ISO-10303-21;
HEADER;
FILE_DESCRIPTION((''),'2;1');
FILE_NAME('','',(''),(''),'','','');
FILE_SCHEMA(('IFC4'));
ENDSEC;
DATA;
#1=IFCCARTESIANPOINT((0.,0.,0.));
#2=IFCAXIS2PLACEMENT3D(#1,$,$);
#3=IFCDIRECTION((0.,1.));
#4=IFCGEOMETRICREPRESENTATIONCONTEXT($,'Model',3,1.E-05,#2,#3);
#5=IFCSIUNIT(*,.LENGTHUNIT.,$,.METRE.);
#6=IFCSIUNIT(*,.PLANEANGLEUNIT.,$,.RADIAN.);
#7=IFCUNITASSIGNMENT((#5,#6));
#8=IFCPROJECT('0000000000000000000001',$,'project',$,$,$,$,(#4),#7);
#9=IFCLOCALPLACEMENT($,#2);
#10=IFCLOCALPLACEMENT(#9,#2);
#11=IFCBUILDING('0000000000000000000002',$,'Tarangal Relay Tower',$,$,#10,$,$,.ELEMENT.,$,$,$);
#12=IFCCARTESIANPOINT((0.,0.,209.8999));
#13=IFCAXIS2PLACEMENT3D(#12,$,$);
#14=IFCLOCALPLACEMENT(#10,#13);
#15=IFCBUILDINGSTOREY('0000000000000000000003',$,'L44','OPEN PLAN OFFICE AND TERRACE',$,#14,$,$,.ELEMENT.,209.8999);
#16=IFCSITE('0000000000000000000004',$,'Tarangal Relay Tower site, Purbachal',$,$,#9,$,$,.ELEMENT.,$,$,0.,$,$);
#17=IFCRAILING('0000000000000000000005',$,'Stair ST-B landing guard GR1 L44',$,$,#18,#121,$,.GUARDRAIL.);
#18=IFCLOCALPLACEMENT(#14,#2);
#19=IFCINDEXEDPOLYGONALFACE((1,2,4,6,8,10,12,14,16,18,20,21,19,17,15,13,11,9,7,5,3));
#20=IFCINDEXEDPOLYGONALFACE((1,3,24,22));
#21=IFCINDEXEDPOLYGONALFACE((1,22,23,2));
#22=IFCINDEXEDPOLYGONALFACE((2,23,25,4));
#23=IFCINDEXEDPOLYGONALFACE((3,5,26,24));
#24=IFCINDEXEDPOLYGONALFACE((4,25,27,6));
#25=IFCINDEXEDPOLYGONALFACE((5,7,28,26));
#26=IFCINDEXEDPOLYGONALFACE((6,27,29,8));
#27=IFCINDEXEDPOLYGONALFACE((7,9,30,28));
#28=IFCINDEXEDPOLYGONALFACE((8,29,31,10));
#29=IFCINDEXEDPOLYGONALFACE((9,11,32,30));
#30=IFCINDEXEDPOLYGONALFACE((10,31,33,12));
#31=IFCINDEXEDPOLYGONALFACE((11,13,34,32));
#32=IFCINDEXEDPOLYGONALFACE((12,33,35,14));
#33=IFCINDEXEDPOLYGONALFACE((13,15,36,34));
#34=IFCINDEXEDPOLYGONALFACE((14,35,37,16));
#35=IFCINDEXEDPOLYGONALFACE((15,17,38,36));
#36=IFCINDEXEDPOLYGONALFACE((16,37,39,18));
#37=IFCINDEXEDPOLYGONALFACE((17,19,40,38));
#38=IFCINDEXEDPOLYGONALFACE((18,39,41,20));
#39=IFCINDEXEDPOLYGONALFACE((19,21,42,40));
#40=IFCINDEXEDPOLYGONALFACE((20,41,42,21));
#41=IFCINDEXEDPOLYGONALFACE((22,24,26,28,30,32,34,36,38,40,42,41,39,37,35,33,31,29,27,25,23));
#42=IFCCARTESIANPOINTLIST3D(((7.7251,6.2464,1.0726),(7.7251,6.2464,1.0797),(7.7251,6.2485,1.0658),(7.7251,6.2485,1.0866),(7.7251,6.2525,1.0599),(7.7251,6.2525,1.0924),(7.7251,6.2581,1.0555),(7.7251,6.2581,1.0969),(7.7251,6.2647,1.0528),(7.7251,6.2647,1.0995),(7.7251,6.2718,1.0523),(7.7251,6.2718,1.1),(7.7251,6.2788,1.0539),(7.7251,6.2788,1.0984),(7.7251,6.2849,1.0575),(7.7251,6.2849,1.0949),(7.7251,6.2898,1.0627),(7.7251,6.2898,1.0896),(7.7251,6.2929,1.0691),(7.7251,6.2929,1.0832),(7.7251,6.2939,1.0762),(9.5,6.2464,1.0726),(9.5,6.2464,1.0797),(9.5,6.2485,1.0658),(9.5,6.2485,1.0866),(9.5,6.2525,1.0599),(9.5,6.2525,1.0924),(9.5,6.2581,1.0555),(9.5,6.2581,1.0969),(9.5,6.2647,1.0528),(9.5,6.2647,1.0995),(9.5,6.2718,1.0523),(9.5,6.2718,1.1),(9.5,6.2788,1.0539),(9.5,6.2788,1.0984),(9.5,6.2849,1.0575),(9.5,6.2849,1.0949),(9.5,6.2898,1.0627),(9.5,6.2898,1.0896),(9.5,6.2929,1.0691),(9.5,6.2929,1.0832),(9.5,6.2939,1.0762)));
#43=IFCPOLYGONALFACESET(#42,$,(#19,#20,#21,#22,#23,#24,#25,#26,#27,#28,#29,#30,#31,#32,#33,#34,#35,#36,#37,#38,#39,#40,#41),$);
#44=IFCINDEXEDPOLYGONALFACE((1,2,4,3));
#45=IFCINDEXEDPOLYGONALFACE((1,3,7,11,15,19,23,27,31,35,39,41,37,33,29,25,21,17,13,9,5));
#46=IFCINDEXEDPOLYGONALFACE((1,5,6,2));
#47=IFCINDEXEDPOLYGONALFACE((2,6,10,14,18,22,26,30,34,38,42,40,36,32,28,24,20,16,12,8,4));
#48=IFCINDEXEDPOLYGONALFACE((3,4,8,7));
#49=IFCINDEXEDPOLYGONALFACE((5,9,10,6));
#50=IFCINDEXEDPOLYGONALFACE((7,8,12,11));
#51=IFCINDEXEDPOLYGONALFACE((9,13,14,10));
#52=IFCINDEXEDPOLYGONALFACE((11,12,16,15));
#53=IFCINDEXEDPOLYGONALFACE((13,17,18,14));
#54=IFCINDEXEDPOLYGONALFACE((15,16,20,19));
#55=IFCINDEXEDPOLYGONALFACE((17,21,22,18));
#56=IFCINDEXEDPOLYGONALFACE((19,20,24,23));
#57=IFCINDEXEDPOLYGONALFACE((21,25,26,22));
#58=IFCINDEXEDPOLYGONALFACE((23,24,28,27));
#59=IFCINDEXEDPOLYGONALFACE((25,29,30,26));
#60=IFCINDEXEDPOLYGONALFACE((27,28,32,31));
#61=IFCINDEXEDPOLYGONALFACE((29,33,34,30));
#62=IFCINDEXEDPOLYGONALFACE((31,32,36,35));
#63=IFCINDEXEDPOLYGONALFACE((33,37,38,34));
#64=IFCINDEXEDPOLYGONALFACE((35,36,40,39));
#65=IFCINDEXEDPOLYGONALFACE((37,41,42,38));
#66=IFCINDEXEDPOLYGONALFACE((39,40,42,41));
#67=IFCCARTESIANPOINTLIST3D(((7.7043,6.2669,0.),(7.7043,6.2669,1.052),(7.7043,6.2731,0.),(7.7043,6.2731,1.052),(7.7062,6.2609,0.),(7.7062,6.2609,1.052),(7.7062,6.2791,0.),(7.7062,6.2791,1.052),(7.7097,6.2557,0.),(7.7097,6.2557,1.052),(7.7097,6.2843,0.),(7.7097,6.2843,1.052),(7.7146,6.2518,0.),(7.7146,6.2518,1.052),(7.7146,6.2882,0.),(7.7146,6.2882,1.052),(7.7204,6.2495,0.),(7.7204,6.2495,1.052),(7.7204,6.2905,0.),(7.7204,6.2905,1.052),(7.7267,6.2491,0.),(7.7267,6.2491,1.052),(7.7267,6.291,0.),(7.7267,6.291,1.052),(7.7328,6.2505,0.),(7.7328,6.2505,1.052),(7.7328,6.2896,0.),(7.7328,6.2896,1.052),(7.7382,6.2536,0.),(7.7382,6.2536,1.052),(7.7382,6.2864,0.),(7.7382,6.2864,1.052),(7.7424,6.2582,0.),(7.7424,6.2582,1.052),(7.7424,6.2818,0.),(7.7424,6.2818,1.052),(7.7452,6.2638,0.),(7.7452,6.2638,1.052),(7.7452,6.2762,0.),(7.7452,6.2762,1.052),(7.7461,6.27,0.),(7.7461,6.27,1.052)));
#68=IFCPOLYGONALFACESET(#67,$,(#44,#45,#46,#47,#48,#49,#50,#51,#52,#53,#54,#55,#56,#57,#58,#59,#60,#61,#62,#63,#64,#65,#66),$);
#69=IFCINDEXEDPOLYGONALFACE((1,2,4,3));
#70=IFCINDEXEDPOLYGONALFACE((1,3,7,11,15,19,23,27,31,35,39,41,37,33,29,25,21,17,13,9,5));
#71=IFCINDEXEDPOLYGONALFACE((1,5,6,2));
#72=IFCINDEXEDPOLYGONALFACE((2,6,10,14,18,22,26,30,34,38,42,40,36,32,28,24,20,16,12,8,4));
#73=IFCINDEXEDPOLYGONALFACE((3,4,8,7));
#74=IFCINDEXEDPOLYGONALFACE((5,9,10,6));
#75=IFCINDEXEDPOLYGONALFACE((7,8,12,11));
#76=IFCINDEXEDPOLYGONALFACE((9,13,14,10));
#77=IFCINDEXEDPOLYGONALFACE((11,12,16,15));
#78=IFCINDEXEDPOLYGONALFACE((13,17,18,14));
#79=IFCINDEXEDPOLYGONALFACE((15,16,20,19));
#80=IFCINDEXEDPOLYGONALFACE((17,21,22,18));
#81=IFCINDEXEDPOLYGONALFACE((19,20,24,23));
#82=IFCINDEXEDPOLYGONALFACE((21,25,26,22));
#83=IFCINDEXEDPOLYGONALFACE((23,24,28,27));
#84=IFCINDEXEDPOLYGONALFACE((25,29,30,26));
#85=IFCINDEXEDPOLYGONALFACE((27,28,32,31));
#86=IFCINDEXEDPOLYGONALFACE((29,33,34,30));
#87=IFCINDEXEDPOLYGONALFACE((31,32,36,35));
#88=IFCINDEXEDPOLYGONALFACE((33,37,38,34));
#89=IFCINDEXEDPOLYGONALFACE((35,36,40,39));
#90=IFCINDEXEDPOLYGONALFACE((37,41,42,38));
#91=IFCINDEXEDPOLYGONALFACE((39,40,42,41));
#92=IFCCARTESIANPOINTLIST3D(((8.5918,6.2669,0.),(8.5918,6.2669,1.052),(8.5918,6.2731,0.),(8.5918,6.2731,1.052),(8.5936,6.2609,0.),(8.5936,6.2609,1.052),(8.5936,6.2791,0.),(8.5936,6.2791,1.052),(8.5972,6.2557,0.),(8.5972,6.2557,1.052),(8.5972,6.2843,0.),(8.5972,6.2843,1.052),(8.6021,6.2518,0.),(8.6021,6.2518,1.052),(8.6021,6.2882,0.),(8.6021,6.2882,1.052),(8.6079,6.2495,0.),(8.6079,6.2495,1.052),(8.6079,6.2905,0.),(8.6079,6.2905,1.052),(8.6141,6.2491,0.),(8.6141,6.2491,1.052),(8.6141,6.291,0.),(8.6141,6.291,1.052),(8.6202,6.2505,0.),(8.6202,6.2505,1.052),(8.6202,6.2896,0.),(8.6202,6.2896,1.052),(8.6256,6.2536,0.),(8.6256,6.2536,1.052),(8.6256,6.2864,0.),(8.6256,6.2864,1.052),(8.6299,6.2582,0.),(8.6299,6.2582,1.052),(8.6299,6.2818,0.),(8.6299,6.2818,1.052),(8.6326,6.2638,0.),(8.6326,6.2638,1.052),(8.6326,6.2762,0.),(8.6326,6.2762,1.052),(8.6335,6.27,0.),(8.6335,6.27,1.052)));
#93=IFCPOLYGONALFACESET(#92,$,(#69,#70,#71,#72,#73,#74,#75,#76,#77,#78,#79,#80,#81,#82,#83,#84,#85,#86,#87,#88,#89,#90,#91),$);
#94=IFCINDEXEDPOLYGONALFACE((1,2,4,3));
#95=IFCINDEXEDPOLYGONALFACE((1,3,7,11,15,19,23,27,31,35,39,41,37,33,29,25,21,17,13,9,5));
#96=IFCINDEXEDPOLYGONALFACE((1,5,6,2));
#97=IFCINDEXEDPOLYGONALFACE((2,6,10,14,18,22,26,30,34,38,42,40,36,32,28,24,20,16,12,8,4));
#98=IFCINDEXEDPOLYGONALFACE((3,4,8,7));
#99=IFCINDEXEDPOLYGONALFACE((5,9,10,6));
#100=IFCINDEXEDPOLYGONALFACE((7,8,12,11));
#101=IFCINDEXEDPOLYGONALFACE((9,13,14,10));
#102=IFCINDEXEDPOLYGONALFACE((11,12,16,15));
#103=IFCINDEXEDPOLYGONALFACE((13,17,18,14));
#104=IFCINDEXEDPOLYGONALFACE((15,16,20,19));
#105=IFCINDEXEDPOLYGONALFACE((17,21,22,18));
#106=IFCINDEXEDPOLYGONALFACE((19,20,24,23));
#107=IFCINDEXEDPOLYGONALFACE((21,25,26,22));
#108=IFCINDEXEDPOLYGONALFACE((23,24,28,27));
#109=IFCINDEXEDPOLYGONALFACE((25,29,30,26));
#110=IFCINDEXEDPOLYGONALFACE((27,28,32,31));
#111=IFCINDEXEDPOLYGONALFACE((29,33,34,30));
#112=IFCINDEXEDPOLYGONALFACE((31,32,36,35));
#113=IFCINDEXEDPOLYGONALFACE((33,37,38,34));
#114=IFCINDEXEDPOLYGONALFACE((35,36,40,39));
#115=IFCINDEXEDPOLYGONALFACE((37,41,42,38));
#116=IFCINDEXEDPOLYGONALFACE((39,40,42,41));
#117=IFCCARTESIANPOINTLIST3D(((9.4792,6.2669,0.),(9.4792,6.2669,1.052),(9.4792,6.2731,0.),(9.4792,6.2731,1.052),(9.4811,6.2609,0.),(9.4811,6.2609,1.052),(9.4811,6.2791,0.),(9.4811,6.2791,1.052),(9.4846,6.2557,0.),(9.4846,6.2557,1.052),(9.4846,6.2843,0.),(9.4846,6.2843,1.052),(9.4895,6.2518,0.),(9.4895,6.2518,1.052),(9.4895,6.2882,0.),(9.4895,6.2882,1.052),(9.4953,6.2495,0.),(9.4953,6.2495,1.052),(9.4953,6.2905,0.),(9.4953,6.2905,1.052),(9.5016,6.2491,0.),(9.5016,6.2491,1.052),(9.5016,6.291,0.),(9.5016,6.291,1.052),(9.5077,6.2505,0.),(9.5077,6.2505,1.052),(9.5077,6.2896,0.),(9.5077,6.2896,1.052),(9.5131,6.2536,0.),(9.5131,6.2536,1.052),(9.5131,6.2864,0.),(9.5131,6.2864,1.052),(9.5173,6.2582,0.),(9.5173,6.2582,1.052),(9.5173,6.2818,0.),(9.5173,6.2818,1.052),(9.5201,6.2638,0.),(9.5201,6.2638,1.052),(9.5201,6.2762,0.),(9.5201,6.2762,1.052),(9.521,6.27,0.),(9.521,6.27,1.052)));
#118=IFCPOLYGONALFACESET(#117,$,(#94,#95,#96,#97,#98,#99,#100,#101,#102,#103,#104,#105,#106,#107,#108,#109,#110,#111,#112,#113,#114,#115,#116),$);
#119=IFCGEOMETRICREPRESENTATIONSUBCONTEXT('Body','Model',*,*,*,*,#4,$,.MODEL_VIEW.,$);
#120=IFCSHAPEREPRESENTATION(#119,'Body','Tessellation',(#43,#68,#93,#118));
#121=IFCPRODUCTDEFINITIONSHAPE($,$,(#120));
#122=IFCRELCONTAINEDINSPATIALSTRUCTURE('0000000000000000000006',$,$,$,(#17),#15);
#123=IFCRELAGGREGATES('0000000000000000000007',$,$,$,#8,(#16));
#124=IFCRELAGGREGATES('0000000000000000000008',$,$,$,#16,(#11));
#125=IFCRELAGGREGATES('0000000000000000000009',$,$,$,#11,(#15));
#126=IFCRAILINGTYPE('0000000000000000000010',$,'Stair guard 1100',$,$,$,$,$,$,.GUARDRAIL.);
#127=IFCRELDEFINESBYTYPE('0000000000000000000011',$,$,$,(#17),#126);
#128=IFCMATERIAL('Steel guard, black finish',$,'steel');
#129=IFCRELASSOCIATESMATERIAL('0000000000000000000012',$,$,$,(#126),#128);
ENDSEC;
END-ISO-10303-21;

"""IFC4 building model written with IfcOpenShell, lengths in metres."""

from ifc_helpers import new_model, si_unit, direction, frame, origin, origin_2d, place, context, subcontext, project, spatial, circle, extrude, material, type_object, element, save


model = new_model("IFC4")

# Units and contexts
model_context = context("Model", 3, precision=1e-05, world=origin(), true_north=direction((0.0, 1.0)))
body_context = subcontext(model_context, "Body", "Model", "MODEL_VIEW")
ifc_project = project(units=[si_unit("LENGTHUNIT", "METRE"), si_unit("PLANEANGLEUNIT", "RADIAN")], contexts=[model_context])

# Site, building, storey
site_placement = place(None, origin())
site = spatial("IfcSite", under=ifc_project, at=site_placement, Name="Tarangal Relay Tower site, Purbachal", CompositionType="ELEMENT", RefElevation=0.0)
building_placement = place(site_placement, origin())
building = spatial("IfcBuilding", under=site, at=building_placement, Name="Tarangal Relay Tower", CompositionType="ELEMENT")
storey_placement = place(building_placement, frame((0.0, 0.0, 209.8999)))
storey = spatial("IfcBuildingStorey", under=building, at=storey_placement, Name="L44", Description="OPEN PLAN OFFICE AND TERRACE", CompositionType="ELEMENT", Elevation=209.8999)

# Railing
ifc_material_1 = material(Name="Steel guard, black finish", Category="steel")
railing_type_1 = type_object("IfcRailingType", Name="Stair guard 1100", PredefinedType="GUARDRAIL", material=ifc_material_1)
railing_1_placement = place(storey_placement, frame((7.7251, 6.27, 0.0)))
element("IfcRailing", 1, at=railing_1_placement, inside=storey, type_object=railing_type_1, Name="Stair ST-B landing guard GR1 L44", PredefinedType="GUARDRAIL", context=body_context, shape_type="SweptSolid", body=[
    extrude(circle(Radius=0.0239, at=origin_2d()), frame((0.0, 0.0, 1.0762), z_axis=(1.0, 0.0, 0.0), x_axis=(0.0, 1.0, 0.0)), (0.0, 0.0, 1.0), 1.7749),
    extrude(circle(Radius=0.021, at=origin_2d()), origin(), (0.0, 0.0, 1.0), 1.052),
    extrude(circle(Radius=0.021, at=origin_2d()), frame((0.8875, 0.0, 0.0)), (0.0, 0.0, 1.0), 1.052),
    extrude(circle(Radius=0.021, at=origin_2d()), frame((1.7749, 0.0, 0.0)), (0.0, 0.0, 1.0), 1.052),
])

save(model, "model.ifc")
